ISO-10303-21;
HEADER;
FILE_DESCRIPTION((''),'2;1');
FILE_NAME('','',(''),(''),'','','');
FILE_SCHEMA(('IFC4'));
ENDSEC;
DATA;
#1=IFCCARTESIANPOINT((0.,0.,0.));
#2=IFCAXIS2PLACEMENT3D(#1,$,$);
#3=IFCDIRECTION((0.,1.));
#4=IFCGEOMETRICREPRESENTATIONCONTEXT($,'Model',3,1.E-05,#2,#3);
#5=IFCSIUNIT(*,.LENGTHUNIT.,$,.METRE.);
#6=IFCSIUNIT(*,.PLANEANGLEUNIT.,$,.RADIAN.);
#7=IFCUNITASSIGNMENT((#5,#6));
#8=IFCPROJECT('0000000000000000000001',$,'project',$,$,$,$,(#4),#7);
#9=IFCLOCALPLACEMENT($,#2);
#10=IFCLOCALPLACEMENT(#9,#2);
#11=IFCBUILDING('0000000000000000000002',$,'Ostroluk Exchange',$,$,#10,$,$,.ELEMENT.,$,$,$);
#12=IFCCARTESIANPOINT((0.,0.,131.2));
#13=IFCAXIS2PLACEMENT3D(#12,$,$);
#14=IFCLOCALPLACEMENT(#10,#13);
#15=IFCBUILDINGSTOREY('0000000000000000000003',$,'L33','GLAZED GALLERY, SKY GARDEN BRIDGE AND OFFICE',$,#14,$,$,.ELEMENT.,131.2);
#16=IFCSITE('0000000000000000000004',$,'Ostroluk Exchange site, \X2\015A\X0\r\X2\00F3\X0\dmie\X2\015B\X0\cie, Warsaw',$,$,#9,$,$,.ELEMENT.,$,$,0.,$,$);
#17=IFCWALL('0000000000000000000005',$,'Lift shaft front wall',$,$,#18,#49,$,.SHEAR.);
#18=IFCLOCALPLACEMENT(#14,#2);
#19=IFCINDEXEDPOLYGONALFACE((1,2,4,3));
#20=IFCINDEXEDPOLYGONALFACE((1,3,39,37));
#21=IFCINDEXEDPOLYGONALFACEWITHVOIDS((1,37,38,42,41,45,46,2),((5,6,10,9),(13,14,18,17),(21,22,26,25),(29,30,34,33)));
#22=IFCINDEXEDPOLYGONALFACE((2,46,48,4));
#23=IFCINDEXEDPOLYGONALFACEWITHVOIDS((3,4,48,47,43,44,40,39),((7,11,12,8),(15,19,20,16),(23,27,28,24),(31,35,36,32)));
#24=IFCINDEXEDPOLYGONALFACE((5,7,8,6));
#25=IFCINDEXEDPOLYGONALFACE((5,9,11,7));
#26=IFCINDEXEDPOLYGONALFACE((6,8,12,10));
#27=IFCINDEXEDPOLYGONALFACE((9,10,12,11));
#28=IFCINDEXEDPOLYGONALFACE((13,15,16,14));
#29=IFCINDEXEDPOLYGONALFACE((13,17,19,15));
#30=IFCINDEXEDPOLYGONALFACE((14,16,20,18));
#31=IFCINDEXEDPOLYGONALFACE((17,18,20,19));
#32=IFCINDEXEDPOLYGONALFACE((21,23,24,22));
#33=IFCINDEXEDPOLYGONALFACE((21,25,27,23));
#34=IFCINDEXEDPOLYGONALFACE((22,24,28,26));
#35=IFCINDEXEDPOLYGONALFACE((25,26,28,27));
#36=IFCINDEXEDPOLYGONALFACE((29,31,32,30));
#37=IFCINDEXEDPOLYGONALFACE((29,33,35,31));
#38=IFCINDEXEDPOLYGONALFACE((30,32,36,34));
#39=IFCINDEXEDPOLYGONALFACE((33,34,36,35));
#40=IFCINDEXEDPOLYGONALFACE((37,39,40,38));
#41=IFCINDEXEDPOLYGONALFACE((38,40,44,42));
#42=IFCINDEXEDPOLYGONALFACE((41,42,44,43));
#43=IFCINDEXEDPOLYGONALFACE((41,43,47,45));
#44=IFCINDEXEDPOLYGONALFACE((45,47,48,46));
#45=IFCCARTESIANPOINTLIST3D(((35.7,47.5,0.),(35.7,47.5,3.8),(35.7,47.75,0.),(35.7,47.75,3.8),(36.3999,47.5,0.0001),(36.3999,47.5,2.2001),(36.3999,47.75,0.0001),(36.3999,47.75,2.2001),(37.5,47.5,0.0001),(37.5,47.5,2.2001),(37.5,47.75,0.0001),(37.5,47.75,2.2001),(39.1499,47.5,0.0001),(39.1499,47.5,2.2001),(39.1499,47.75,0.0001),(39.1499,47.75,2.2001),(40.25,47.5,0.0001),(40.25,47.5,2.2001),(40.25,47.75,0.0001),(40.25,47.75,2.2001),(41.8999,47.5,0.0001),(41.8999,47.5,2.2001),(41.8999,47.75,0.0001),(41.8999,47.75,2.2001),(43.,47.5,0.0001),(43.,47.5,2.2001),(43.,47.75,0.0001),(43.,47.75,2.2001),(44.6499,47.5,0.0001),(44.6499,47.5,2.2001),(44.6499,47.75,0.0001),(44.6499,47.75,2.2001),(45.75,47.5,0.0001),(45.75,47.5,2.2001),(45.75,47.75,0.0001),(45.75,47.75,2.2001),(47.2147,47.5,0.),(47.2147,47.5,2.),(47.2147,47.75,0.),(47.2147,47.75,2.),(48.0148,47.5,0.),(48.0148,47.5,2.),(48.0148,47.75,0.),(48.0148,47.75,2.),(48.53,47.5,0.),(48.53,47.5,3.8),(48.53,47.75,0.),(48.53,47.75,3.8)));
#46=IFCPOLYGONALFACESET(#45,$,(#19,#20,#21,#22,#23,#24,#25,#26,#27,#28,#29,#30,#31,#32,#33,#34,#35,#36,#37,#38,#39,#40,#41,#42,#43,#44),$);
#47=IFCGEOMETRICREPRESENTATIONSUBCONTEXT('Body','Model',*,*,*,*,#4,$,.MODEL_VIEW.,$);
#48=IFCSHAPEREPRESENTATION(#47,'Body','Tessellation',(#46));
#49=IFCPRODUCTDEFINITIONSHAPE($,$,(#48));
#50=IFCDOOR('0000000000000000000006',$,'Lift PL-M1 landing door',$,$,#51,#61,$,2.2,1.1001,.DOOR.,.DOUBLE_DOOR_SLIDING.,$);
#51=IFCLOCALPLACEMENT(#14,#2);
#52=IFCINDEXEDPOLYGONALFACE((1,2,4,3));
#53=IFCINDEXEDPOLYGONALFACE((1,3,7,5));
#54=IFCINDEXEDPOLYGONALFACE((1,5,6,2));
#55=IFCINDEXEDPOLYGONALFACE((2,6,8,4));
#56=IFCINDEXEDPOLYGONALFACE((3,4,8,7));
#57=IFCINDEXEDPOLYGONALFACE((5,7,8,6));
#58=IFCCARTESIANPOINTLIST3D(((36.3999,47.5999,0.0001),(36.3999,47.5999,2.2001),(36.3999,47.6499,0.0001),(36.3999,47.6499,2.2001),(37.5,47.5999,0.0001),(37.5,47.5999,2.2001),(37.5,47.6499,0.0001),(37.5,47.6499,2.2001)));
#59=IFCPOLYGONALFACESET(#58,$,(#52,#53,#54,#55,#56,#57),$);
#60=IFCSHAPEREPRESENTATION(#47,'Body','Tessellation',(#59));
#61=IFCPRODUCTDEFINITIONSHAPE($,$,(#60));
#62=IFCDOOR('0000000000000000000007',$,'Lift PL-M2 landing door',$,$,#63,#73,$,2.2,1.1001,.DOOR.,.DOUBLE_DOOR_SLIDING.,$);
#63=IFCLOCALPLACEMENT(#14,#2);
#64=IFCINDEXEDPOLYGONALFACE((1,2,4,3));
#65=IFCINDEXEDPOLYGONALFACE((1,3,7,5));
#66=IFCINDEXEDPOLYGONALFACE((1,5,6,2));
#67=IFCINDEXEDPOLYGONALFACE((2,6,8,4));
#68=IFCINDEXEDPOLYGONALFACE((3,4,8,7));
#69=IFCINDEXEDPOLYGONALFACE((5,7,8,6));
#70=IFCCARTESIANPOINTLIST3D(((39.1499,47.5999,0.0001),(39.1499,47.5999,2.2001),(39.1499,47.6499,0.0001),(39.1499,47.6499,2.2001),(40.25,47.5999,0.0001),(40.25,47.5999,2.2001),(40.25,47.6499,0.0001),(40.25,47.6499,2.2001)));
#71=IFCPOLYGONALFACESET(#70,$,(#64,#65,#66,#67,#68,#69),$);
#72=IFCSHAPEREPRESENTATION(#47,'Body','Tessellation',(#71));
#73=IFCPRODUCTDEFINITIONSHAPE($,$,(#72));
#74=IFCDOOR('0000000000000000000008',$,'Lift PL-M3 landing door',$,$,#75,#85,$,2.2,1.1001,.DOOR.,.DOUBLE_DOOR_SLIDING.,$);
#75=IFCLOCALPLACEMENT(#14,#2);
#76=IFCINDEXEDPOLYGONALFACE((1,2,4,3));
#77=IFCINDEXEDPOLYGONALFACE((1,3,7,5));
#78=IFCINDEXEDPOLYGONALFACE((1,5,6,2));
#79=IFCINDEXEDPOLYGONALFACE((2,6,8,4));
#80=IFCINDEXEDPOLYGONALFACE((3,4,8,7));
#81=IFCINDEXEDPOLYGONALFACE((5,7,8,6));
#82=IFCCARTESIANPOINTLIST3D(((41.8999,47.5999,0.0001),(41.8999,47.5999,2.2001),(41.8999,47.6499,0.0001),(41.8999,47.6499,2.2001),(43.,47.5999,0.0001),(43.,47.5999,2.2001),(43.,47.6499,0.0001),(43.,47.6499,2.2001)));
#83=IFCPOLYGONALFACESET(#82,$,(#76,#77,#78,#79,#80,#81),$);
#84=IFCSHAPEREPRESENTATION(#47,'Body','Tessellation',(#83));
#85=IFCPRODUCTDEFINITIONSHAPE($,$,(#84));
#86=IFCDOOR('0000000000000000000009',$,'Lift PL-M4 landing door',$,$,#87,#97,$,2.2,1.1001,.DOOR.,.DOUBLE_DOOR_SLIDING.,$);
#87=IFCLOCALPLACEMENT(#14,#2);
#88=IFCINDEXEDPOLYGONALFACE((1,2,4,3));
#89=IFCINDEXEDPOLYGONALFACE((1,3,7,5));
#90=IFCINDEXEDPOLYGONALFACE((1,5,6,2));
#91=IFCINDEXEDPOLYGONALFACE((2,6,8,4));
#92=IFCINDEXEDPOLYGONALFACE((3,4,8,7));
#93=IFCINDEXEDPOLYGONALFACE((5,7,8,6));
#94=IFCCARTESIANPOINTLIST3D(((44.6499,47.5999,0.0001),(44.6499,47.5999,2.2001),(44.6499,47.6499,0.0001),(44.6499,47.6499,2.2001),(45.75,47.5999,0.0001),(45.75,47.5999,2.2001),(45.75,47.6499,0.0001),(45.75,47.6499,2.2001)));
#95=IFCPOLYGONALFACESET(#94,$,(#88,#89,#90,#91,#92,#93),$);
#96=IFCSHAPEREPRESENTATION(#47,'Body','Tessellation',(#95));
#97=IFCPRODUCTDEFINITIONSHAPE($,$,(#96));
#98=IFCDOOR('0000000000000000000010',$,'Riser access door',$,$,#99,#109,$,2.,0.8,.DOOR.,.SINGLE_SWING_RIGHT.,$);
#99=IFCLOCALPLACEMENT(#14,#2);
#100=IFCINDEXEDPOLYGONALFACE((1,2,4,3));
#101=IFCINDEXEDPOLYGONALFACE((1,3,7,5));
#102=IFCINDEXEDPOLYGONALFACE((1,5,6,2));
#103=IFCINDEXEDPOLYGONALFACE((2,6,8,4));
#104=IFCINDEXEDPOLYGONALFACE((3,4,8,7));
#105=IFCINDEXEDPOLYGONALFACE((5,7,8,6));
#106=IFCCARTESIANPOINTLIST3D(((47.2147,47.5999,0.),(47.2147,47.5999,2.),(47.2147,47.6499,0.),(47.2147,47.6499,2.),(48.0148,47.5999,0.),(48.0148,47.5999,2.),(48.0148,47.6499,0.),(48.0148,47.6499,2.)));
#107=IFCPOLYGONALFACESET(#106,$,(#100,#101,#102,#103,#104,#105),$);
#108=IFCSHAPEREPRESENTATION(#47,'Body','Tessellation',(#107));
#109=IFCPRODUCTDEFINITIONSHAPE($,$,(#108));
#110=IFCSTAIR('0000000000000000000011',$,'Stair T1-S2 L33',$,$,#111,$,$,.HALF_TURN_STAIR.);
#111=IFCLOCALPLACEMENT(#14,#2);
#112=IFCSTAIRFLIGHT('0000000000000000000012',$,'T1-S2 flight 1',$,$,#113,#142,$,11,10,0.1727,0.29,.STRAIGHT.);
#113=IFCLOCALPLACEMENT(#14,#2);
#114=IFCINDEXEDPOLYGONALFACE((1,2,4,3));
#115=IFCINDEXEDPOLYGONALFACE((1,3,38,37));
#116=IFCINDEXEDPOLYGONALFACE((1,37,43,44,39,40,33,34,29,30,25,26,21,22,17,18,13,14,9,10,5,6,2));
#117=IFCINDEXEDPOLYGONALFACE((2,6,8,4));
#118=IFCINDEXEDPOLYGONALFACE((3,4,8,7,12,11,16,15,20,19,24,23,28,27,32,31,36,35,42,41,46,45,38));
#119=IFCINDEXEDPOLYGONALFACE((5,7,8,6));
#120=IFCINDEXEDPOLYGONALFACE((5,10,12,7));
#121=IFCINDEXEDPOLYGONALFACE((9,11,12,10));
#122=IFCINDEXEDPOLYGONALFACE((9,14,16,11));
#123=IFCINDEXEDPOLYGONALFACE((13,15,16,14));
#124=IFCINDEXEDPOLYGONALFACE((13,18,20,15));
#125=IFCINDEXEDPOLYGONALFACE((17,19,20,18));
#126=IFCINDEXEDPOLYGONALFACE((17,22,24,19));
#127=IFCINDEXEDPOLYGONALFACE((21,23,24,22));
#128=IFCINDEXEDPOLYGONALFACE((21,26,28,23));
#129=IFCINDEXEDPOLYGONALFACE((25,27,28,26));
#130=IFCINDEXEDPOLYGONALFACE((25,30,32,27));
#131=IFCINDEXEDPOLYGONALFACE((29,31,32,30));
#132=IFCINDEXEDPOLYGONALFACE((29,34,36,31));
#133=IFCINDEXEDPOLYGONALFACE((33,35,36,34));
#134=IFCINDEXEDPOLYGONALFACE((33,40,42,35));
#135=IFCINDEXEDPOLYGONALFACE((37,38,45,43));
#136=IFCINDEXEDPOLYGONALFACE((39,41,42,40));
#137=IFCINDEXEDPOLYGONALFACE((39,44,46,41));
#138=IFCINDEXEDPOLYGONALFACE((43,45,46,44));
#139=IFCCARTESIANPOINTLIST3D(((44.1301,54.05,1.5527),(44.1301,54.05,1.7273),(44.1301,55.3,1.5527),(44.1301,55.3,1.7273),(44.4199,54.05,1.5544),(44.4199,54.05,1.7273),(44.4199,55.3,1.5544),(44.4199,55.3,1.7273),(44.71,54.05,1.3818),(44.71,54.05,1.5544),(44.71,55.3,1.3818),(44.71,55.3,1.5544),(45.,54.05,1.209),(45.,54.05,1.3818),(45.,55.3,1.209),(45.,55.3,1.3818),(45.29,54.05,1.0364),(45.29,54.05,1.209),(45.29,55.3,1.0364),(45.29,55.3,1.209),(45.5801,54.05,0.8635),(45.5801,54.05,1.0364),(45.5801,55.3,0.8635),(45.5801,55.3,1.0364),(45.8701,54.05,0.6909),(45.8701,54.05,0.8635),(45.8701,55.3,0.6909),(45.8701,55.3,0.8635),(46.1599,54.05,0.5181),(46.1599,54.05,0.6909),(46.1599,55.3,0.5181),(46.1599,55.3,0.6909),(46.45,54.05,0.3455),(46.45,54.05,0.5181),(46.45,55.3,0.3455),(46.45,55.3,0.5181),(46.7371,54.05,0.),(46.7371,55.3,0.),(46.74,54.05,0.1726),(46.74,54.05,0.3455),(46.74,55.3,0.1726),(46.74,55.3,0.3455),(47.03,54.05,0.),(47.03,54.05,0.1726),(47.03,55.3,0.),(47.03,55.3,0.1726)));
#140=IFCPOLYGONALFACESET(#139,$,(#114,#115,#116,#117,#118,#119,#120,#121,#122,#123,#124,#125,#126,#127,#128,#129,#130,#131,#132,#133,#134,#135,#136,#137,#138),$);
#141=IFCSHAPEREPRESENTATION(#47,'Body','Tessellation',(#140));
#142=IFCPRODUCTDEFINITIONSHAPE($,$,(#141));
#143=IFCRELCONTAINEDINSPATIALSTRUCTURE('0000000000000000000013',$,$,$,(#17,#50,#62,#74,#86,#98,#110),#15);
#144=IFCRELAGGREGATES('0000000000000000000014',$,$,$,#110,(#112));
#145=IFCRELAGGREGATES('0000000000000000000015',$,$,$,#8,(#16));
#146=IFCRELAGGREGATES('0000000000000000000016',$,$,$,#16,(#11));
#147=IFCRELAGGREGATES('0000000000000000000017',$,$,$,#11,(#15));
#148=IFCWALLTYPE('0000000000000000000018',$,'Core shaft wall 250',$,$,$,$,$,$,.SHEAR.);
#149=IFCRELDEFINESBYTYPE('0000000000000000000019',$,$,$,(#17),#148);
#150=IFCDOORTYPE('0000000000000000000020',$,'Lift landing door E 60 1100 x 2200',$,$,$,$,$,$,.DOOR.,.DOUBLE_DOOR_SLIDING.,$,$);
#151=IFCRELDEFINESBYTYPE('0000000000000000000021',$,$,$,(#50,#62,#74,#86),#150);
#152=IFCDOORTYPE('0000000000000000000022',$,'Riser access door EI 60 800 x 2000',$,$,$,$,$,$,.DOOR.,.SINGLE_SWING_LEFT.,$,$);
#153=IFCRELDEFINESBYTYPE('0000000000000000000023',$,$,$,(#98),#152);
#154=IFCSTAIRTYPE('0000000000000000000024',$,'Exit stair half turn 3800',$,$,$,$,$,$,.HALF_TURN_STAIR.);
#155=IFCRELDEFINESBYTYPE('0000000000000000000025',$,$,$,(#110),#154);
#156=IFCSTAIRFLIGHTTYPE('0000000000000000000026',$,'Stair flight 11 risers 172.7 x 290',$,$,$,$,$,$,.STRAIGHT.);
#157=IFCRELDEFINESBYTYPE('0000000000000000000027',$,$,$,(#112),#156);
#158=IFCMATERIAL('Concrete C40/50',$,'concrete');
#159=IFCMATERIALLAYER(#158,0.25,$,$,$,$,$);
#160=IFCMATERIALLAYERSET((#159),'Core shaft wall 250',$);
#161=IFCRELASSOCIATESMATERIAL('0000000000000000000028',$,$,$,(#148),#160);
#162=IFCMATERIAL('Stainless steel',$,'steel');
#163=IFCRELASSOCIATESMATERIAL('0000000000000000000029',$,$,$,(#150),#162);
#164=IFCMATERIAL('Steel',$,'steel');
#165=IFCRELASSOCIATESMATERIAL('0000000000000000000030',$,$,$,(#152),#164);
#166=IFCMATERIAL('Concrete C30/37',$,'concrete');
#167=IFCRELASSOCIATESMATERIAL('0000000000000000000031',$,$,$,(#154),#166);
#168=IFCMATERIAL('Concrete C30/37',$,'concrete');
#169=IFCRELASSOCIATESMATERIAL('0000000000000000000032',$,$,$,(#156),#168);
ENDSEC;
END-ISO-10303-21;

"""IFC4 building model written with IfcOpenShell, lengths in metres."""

from ifc_helpers import new_model, si_unit, direction, frame, frame_2d, origin, place, context, subcontext, project, spatial, polyline, rectangle, outline, extrude, material, layer, layer_set, type_object, element, fill, aggregate, save


model = new_model("IFC4")

# Units and contexts
model_context = context("Model", 3, precision=1e-05, world=origin(), true_north=direction((0.0, 1.0)))
body_context = subcontext(model_context, "Body", "Model", "MODEL_VIEW")
ifc_project = project(units=[si_unit("LENGTHUNIT", "METRE"), si_unit("PLANEANGLEUNIT", "RADIAN")], contexts=[model_context])

# Site, building, storey
site_placement = place(None, origin())
site = spatial("IfcSite", under=ifc_project, at=site_placement, Name="Ostroluk Exchange site, Śródmieście, Warsaw", CompositionType="ELEMENT", RefElevation=0.0)
building_placement = place(site_placement, origin())
building = spatial("IfcBuilding", under=site, at=building_placement, Name="Ostroluk Exchange", CompositionType="ELEMENT")
storey_placement = place(building_placement, frame((0.0, 0.0, 131.2)))
storey = spatial("IfcBuildingStorey", under=building, at=storey_placement, Name="L33", Description="GLAZED GALLERY, SKY GARDEN BRIDGE AND OFFICE", CompositionType="ELEMENT", Elevation=131.2)

# Shared definitions
ifc_material_1 = material(Name="Concrete C40/50", Category="concrete")
ifc_layer_1 = layer(ifc_material_1, 0.25)
ifc_layer_set_1 = layer_set([ifc_layer_1], Name="Core shaft wall 250")
wall_type_1 = type_object("IfcWallType", Name="Core shaft wall 250", PredefinedType="SHEAR", material=ifc_layer_set_1)

# Wall, openings, doors
wall_1_placement = place(storey_placement, frame((35.7, 47.625, 0.0), z_axis=(0.0, 0.0, 1.0), x_axis=(1.0, 0.0, 0.0)))
wall_1 = element("IfcWall", 1, at=wall_1_placement, inside=storey, type_object=wall_type_1, Name="Lift shaft front wall", PredefinedType="SHEAR", context=body_context, shape_type="SweptSolid", body=[
    extrude(rectangle(XDim=12.8301, YDim=0.25, at=frame_2d((6.415, 0.0))), origin(), (0.0, 0.0, 1.0), 3.8),
])
opening_1_placement = place(wall_1_placement, frame((0.7, 0.0, 0.0)))
opening_1 = element("IfcOpeningElement", 2, at=opening_1_placement, cuts=wall_1, PredefinedType="OPENING", context=body_context, shape_type="SweptSolid", body=[
    extrude(rectangle(XDim=1.1001, YDim=2.2, at=frame_2d((0.55, 1.1001))), frame((0.0, 0.135, 0.0), z_axis=(0.0, -1.0, 0.0), x_axis=(1.0, 0.0, 0.0)), (0.0, 0.0, 1.0), 0.27),
])
opening_2_placement = place(wall_1_placement, frame((3.45, 0.0, 0.0)))
opening_2 = element("IfcOpeningElement", 3, at=opening_2_placement, cuts=wall_1, PredefinedType="OPENING", context=body_context, shape_type="SweptSolid", body=[
    extrude(rectangle(XDim=1.1001, YDim=2.2, at=frame_2d((0.55, 1.1001))), frame((0.0, 0.135, 0.0), z_axis=(0.0, -1.0, 0.0), x_axis=(1.0, 0.0, 0.0)), (0.0, 0.0, 1.0), 0.27),
])
opening_3_placement = place(wall_1_placement, frame((6.2, 0.0, 0.0)))
opening_3 = element("IfcOpeningElement", 4, at=opening_3_placement, cuts=wall_1, PredefinedType="OPENING", context=body_context, shape_type="SweptSolid", body=[
    extrude(rectangle(XDim=1.1001, YDim=2.2, at=frame_2d((0.55, 1.1001))), frame((0.0, 0.135, 0.0), z_axis=(0.0, -1.0, 0.0), x_axis=(1.0, 0.0, 0.0)), (0.0, 0.0, 1.0), 0.27),
])
opening_4_placement = place(wall_1_placement, frame((8.95, 0.0, 0.0)))
opening_4 = element("IfcOpeningElement", 5, at=opening_4_placement, cuts=wall_1, PredefinedType="OPENING", context=body_context, shape_type="SweptSolid", body=[
    extrude(rectangle(XDim=1.1001, YDim=2.2, at=frame_2d((0.55, 1.1001))), frame((0.0, 0.135, 0.0), z_axis=(0.0, -1.0, 0.0), x_axis=(1.0, 0.0, 0.0)), (0.0, 0.0, 1.0), 0.27),
])
opening_5_placement = place(wall_1_placement, frame((11.5149, 0.0, 0.0)))
opening_5 = element("IfcOpeningElement", 6, at=opening_5_placement, cuts=wall_1, PredefinedType="OPENING", context=body_context, shape_type="SweptSolid", body=[
    extrude(rectangle(XDim=0.8, YDim=2.0, at=frame_2d((0.3999, 1.0))), frame((0.0, 0.135, 0.0), z_axis=(0.0, -1.0, 0.0), x_axis=(1.0, 0.0, 0.0)), (0.0, 0.0, 1.0), 0.27),
])
ifc_material_2 = material(Name="Stainless steel", Category="steel")
door_type_1 = type_object("IfcDoorType", Name="Lift landing door E 60 1100 x 2200", OperationType="DOUBLE_DOOR_SLIDING", PredefinedType="DOOR", material=ifc_material_2)
door_1_placement = place(opening_1_placement, origin())
door_1 = element("IfcDoor", 7, at=door_1_placement, inside=storey, type_object=door_type_1, Name="Lift PL-M1 landing door", OperationType="DOUBLE_DOOR_SLIDING", OverallHeight=2.2, OverallWidth=1.1001, PredefinedType="DOOR", context=body_context, shape_type="SweptSolid", body=[
    extrude(rectangle(XDim=1.1001, YDim=2.2, at=frame_2d((0.55, 1.1001))), frame((0.0, 0.0249, 0.0), z_axis=(0.0, -1.0, 0.0), x_axis=(1.0, 0.0, 0.0)), (0.0, 0.0, 1.0), 0.05),
])
fill(opening_1, door_1)
door_2_placement = place(opening_2_placement, origin())
door_2 = element("IfcDoor", 8, at=door_2_placement, inside=storey, type_object=door_type_1, Name="Lift PL-M2 landing door", OperationType="DOUBLE_DOOR_SLIDING", OverallHeight=2.2, OverallWidth=1.1001, PredefinedType="DOOR", context=body_context, shape_type="SweptSolid", body=[
    extrude(rectangle(XDim=1.1001, YDim=2.2, at=frame_2d((0.55, 1.1001))), frame((0.0, 0.0249, 0.0), z_axis=(0.0, -1.0, 0.0), x_axis=(1.0, 0.0, 0.0)), (0.0, 0.0, 1.0), 0.05),
])
fill(opening_2, door_2)
door_3_placement = place(opening_3_placement, origin())
door_3 = element("IfcDoor", 9, at=door_3_placement, inside=storey, type_object=door_type_1, Name="Lift PL-M3 landing door", OperationType="DOUBLE_DOOR_SLIDING", OverallHeight=2.2, OverallWidth=1.1001, PredefinedType="DOOR", context=body_context, shape_type="SweptSolid", body=[
    extrude(rectangle(XDim=1.1001, YDim=2.2, at=frame_2d((0.55, 1.1001))), frame((0.0, 0.0249, 0.0), z_axis=(0.0, -1.0, 0.0), x_axis=(1.0, 0.0, 0.0)), (0.0, 0.0, 1.0), 0.05),
])
fill(opening_3, door_3)
door_4_placement = place(opening_4_placement, origin())
door_4 = element("IfcDoor", 10, at=door_4_placement, inside=storey, type_object=door_type_1, Name="Lift PL-M4 landing door", OperationType="DOUBLE_DOOR_SLIDING", OverallHeight=2.2, OverallWidth=1.1001, PredefinedType="DOOR", context=body_context, shape_type="SweptSolid", body=[
    extrude(rectangle(XDim=1.1001, YDim=2.2, at=frame_2d((0.55, 1.1001))), frame((0.0, 0.0249, 0.0), z_axis=(0.0, -1.0, 0.0), x_axis=(1.0, 0.0, 0.0)), (0.0, 0.0, 1.0), 0.05),
])
fill(opening_4, door_4)
ifc_material_3 = material(Name="Steel", Category="steel")
door_type_2 = type_object("IfcDoorType", Name="Riser access door EI 60 800 x 2000", OperationType="SINGLE_SWING_LEFT", PredefinedType="DOOR", material=ifc_material_3)
door_5_placement = place(opening_5_placement, origin())
door_5 = element("IfcDoor", 11, at=door_5_placement, inside=storey, type_object=door_type_2, Name="Riser access door", OperationType="SINGLE_SWING_RIGHT", OverallHeight=2.0, OverallWidth=0.8, PredefinedType="DOOR", context=body_context, shape_type="SweptSolid", body=[
    extrude(rectangle(XDim=0.8, YDim=2.0, at=frame_2d((0.3999, 1.0))), frame((0.0, 0.0249, 0.0), z_axis=(0.0, -1.0, 0.0), x_axis=(1.0, 0.0, 0.0)), (0.0, 0.0, 1.0), 0.05),
])
fill(opening_5, door_5)

# Stair, stair flight
ifc_material_4 = material(Name="Concrete C30/37", Category="concrete")
stair_type = type_object("IfcStairType", Name="Exit stair half turn 3800", PredefinedType="HALF_TURN_STAIR", material=ifc_material_4)
stair_placement = place(storey_placement, origin())
stair = element("IfcStair", 12, at=stair_placement, inside=storey, type_object=stair_type, Name="Stair T1-S2 L33", PredefinedType="HALF_TURN_STAIR")
ifc_material_5 = material(Name="Concrete C30/37", Category="concrete")
stair_flight_type = type_object("IfcStairFlightType", Name="Stair flight 11 risers 172.7 x 290", PredefinedType="STRAIGHT", material=ifc_material_5)
stair_flight_1_placement = place(storey_placement, frame((47.03, 54.675, 0.0), z_axis=(0.0, 0.0, 1.0), x_axis=(-1.0, 0.0, 0.0)))
stair_flight_1 = element("IfcStairFlight", 13, at=stair_flight_1_placement, type_object=stair_flight_type, Name="T1-S2 flight 1", NumberOfRisers=11, NumberOfTreads=10, PredefinedType="STRAIGHT", RiserHeight=0.1727, TreadLength=0.29, context=body_context, shape_type="SweptSolid", body=[
    extrude(outline(polyline([(0.0, 0.0), (0.0, 0.1726), (0.29, 0.1726), (0.29, 0.3455), (0.5801, 0.3455), (0.5801, 0.5181), (0.8701, 0.5181), (0.8701, 0.6909), (1.1599, 0.6909), (1.1599, 0.8635), (1.45, 0.8635), (1.45, 1.0364), (1.74, 1.0364), (1.74, 1.209), (2.03, 1.209), (2.03, 1.3818), (2.3201, 1.3818), (2.3201, 1.5544), (2.6101, 1.5544), (2.6101, 1.7273), (2.8999, 1.7273), (2.8999, 1.8999), (2.8999, 1.5527), (0.293, 0.0), (0.0, 0.0)])), frame((0.0, 0.625, 0.0), z_axis=(0.0, -1.0, 0.0), x_axis=(1.0, 0.0, 0.0)), (0.0, 0.0, 1.0), 1.25),
])
aggregate(stair, [stair_flight_1])

save(model, "model.ifc")
